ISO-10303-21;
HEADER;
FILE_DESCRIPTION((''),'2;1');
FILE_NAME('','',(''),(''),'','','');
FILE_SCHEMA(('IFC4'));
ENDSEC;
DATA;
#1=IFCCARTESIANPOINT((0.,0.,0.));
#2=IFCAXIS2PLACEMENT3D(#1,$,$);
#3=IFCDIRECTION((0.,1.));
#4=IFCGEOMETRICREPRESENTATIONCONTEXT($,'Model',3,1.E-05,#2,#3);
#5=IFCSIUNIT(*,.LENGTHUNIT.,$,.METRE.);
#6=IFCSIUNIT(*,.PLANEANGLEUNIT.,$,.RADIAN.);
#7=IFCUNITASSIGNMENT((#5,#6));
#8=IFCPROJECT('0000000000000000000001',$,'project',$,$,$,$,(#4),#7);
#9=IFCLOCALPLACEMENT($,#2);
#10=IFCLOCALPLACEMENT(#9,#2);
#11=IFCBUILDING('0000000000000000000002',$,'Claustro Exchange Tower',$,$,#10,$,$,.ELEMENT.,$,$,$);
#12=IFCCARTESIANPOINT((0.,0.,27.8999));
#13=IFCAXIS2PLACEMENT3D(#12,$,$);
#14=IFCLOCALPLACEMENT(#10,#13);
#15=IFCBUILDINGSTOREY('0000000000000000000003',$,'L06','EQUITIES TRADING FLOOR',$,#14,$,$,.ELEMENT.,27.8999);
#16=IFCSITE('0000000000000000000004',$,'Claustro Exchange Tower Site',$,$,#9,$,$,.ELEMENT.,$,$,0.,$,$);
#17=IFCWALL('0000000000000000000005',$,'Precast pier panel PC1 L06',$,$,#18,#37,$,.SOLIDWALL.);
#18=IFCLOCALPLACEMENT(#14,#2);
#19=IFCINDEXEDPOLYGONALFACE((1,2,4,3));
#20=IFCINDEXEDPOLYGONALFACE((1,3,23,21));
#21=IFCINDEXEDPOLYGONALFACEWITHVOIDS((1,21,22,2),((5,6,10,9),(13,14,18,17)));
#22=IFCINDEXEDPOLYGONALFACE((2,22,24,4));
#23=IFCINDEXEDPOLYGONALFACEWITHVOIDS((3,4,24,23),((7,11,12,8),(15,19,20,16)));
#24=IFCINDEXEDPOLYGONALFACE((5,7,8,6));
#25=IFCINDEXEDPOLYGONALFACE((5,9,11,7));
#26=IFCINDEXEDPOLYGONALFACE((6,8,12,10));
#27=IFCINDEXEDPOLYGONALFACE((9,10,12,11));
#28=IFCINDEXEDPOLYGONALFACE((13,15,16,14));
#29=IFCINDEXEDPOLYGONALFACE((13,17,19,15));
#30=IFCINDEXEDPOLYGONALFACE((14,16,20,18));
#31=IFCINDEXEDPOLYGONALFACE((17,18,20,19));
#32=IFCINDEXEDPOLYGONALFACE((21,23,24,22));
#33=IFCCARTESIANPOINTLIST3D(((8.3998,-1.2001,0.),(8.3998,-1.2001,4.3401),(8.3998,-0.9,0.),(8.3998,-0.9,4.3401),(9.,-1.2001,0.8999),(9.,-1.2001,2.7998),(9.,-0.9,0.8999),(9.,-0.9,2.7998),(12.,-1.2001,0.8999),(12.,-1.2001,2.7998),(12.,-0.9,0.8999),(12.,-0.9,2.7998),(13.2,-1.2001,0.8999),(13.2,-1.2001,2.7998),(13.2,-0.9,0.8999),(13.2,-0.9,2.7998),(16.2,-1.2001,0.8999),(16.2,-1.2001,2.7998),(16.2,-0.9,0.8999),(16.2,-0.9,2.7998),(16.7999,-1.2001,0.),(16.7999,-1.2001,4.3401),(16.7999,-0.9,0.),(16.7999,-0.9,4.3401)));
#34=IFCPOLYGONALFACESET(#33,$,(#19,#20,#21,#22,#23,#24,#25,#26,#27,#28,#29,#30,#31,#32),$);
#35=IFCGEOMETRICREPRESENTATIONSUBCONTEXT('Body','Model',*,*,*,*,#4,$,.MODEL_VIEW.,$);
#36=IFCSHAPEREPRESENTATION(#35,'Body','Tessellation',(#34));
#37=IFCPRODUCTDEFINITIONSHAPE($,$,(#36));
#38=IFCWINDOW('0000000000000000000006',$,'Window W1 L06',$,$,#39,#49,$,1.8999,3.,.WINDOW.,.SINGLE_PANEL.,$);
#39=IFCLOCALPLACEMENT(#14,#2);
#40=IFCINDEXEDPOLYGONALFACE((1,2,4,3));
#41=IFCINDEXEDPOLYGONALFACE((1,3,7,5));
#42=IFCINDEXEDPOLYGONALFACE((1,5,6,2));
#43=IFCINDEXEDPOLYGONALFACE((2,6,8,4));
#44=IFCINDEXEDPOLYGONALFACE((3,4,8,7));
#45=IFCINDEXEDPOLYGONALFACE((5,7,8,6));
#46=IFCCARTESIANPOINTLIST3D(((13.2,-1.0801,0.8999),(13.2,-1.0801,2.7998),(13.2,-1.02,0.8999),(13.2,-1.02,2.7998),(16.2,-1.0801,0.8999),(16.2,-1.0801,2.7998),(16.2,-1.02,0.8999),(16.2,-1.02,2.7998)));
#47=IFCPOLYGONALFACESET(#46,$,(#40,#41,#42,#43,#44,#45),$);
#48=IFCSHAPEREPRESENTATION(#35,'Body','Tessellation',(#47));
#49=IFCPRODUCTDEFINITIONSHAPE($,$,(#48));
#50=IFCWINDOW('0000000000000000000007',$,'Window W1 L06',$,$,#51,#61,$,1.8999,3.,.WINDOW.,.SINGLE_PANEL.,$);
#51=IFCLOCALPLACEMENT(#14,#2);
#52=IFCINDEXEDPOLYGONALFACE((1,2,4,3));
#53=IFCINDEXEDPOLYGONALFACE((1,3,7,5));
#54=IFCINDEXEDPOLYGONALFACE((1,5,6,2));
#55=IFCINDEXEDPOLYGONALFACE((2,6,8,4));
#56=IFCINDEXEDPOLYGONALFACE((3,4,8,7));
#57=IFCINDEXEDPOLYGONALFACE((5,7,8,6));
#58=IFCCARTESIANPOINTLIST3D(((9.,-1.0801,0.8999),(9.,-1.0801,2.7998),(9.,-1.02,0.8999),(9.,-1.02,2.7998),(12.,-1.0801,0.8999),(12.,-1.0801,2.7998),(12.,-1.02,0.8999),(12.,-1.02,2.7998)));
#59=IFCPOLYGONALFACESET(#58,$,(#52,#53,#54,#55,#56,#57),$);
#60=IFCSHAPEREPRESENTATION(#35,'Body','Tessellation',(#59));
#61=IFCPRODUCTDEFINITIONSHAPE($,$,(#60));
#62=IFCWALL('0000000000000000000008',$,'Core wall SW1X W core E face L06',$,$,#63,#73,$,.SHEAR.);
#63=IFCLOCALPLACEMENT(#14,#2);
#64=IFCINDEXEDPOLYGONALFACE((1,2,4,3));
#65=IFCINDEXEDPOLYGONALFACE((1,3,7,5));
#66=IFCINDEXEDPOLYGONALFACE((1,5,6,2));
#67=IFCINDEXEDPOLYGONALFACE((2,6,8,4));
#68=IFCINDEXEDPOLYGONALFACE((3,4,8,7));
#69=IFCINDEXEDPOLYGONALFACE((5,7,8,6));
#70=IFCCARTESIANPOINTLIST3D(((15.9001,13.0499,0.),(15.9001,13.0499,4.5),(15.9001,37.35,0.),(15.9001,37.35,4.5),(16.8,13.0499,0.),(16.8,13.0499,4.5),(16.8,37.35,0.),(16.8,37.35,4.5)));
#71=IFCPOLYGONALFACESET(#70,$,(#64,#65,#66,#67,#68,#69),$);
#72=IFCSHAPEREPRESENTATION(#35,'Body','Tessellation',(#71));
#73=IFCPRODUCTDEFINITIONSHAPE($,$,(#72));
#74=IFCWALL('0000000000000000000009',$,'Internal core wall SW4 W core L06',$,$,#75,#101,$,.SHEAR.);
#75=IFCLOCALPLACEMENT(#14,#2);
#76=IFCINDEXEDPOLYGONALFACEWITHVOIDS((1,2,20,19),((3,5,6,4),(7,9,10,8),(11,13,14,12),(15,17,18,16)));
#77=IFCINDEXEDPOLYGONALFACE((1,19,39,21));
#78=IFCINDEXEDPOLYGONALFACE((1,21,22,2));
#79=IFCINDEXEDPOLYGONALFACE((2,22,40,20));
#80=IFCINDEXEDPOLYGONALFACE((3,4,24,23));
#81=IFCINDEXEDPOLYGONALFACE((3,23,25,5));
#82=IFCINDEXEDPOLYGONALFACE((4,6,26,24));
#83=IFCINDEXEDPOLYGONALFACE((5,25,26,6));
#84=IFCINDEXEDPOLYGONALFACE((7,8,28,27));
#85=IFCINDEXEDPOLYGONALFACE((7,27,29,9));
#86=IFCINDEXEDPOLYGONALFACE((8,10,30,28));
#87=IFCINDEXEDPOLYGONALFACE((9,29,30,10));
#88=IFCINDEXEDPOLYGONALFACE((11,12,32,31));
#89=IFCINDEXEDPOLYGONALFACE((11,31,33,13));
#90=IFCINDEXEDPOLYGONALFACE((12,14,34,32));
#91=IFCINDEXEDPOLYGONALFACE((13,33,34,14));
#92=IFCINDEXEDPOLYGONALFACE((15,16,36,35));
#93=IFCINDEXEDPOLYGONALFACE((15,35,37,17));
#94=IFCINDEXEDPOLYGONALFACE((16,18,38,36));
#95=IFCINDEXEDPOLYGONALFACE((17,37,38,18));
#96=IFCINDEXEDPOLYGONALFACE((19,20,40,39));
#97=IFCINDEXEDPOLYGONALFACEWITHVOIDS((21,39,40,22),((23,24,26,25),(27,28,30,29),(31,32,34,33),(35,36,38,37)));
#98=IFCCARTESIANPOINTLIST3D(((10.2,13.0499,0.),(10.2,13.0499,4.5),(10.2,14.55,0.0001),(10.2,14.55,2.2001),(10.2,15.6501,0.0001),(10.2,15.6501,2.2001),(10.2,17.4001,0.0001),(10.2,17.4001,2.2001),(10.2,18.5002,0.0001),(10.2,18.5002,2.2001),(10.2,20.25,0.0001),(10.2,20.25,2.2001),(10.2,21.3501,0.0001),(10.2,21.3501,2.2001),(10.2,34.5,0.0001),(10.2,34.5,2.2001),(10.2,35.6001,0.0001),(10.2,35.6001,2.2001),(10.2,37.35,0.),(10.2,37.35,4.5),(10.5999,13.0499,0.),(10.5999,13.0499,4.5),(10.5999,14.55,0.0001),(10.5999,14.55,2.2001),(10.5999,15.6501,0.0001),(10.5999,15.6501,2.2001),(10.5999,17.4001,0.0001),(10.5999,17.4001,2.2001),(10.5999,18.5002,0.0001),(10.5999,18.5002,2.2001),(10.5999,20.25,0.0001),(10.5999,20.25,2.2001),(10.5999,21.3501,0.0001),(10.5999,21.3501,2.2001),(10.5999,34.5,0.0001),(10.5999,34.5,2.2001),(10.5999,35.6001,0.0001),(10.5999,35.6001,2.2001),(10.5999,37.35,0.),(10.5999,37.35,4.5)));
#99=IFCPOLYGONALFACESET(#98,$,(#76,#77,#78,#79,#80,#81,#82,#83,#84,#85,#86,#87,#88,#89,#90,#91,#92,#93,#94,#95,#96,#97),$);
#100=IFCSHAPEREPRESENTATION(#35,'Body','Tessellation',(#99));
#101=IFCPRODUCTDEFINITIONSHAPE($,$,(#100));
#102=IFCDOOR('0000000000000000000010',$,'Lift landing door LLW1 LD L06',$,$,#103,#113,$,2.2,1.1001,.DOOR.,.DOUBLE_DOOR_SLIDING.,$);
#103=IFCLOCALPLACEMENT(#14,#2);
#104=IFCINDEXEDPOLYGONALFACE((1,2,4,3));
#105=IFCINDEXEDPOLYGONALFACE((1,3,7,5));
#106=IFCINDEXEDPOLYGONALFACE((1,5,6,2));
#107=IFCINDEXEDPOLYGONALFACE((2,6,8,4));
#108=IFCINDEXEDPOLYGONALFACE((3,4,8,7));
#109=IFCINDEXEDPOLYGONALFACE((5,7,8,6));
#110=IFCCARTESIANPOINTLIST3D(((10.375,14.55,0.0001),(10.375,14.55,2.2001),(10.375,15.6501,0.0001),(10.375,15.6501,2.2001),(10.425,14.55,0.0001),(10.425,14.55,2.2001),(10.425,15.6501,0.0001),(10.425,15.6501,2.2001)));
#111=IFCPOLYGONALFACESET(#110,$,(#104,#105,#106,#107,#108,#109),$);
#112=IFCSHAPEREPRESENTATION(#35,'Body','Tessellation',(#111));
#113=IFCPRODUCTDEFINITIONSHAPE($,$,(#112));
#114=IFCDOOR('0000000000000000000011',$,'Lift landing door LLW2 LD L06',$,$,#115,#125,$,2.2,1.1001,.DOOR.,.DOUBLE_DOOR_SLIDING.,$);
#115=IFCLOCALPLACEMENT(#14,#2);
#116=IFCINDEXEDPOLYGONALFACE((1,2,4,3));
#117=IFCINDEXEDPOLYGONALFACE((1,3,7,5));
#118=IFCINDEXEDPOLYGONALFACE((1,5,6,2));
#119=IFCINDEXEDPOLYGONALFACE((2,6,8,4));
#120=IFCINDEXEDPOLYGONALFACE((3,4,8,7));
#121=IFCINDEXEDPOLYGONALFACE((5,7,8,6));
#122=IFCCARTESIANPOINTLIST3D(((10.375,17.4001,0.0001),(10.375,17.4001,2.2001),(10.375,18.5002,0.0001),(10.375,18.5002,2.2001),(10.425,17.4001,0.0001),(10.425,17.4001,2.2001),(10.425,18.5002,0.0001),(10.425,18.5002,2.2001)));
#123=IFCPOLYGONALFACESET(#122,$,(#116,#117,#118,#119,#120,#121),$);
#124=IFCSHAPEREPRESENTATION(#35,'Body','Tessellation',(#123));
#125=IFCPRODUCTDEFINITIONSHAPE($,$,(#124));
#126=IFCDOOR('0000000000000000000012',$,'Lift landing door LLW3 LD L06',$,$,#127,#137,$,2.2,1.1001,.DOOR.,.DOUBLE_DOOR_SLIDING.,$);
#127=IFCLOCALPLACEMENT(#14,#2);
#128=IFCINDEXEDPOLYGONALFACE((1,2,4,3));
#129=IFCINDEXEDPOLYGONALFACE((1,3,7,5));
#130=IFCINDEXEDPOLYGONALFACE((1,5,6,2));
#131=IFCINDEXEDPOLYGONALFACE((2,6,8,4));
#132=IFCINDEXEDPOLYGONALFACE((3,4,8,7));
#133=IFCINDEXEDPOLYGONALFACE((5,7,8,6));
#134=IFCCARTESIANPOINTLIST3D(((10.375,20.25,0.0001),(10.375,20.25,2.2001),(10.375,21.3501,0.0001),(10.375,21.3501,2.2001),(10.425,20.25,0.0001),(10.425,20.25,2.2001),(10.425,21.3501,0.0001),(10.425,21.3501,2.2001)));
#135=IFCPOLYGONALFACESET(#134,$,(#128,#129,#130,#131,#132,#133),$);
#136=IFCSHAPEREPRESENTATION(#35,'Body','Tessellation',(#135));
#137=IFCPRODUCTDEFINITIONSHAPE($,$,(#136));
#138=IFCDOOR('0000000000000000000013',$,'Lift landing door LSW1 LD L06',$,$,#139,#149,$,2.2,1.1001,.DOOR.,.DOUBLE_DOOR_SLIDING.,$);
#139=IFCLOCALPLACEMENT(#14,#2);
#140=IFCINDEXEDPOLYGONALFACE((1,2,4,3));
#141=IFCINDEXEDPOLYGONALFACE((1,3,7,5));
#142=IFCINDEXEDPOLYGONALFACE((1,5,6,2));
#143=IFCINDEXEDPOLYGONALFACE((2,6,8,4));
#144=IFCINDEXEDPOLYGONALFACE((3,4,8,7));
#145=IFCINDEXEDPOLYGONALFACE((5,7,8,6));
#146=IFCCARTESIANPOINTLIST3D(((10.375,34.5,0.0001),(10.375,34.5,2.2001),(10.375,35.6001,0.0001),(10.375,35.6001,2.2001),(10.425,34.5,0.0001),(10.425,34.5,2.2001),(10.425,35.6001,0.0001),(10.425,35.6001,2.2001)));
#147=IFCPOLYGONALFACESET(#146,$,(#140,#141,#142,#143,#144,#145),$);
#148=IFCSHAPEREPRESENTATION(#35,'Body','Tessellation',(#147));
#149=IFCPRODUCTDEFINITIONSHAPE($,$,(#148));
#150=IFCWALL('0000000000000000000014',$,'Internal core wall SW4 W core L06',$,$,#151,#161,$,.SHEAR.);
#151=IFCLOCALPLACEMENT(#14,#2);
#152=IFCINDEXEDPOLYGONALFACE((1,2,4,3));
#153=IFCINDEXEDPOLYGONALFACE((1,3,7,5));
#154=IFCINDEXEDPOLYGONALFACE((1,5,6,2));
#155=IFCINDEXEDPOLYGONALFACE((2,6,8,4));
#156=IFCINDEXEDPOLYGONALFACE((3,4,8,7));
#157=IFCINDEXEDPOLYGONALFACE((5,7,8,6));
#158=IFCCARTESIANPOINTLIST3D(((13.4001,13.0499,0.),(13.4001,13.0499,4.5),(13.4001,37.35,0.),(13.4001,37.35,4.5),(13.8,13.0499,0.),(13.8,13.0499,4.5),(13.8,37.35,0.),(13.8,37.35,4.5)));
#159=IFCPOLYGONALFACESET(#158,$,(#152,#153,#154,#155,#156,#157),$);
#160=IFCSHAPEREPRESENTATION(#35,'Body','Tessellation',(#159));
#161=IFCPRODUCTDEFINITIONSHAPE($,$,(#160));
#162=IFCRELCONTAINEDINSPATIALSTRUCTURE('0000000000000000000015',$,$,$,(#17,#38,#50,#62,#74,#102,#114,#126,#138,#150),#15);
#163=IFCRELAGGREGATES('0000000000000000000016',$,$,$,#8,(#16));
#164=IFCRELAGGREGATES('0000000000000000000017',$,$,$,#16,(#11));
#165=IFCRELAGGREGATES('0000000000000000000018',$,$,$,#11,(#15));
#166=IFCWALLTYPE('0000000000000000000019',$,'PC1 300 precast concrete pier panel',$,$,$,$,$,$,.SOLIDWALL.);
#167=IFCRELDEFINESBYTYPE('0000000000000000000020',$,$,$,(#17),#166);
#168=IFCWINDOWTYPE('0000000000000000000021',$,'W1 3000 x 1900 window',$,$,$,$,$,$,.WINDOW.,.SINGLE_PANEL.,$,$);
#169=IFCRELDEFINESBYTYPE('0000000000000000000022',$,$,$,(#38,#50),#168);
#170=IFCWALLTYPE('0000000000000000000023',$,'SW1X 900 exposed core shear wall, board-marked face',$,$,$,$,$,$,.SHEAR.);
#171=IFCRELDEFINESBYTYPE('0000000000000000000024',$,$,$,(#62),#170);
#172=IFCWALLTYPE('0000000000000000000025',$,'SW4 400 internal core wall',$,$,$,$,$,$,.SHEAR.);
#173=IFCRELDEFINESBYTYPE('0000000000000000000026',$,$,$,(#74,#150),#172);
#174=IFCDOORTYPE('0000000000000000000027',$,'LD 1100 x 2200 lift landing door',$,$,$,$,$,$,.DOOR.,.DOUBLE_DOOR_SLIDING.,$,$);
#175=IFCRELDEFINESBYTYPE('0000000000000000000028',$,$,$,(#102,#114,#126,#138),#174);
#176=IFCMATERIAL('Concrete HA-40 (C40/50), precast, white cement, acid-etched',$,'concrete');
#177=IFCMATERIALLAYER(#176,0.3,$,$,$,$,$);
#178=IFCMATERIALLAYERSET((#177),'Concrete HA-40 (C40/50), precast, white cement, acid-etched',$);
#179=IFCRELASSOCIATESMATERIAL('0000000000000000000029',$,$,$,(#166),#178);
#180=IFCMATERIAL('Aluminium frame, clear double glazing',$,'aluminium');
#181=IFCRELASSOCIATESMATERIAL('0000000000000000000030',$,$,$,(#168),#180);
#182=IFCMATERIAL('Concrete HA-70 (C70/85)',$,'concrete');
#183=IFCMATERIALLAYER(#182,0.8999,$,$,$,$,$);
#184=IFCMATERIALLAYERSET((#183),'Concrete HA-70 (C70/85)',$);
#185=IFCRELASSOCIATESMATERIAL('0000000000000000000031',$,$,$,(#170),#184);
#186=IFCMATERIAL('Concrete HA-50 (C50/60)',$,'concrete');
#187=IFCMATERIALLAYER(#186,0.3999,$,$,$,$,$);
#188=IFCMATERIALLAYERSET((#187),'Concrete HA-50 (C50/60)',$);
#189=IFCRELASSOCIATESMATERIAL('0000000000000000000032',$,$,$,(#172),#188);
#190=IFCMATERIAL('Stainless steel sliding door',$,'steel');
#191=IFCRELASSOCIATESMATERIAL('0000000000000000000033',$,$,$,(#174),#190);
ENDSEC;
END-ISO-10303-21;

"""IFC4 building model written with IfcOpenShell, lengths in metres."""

from ifc_helpers import new_model, si_unit, direction, frame, frame_2d, origin, place, context, subcontext, project, spatial, rectangle, extrude, material, layer, layer_set, type_object, element, fill, save


model = new_model("IFC4")

# Units and contexts
model_context = context("Model", 3, precision=1e-05, world=origin(), true_north=direction((0.0, 1.0)))
body_context = subcontext(model_context, "Body", "Model", "MODEL_VIEW")
ifc_project = project(units=[si_unit("LENGTHUNIT", "METRE"), si_unit("PLANEANGLEUNIT", "RADIAN")], contexts=[model_context])

# Site, building, storey
site_placement = place(None, origin())
site = spatial("IfcSite", under=ifc_project, at=site_placement, Name="Claustro Exchange Tower Site", CompositionType="ELEMENT", RefElevation=0.0)
building_placement = place(site_placement, origin())
building = spatial("IfcBuilding", under=site, at=building_placement, Name="Claustro Exchange Tower", CompositionType="ELEMENT")
storey_placement = place(building_placement, frame((0.0, 0.0, 27.8999)))
storey = spatial("IfcBuildingStorey", under=building, at=storey_placement, Name="L06", Description="EQUITIES TRADING FLOOR", CompositionType="ELEMENT", Elevation=27.8999)

# Wall, openings, windows
ifc_material_1 = material(Name="Concrete HA-40 (C40/50), precast, white cement, acid-etched", Category="concrete")
ifc_layer_1 = layer(ifc_material_1, 0.3)
ifc_layer_set_1 = layer_set([ifc_layer_1], Name="Concrete HA-40 (C40/50), precast, white cement, acid-etched")
wall_type_1 = type_object("IfcWallType", Name="PC1 300 precast concrete pier panel", PredefinedType="SOLIDWALL", material=ifc_layer_set_1)
wall_1_placement = place(storey_placement, frame((16.8, -1.05, 0.0), z_axis=(0.0, 0.0, 1.0), x_axis=(-1.0, 0.0, 0.0)))
wall_1 = element("IfcWall", 1, at=wall_1_placement, inside=storey, type_object=wall_type_1, Name="Precast pier panel PC1 L06", PredefinedType="SOLIDWALL", context=body_context, shape_type="SweptSolid", body=[
    extrude(rectangle(XDim=8.4001, YDim=0.3, at=frame_2d((4.2002, 0.0))), origin(), (0.0, 0.0, 1.0), 4.3401),
])
opening_1_placement = place(wall_1_placement, frame((0.6001, 0.0, 0.8999)))
opening_1 = element("IfcOpeningElement", 2, at=opening_1_placement, cuts=wall_1, PredefinedType="OPENING", context=body_context, shape_type="SweptSolid", body=[
    extrude(rectangle(XDim=3.0, YDim=1.8999, at=frame_2d((1.5, 0.95))), frame((0.0, 0.1599, 0.0), z_axis=(0.0, -1.0, 0.0), x_axis=(1.0, 0.0, 0.0)), (0.0, 0.0, 1.0), 0.3201),
])
opening_2_placement = place(wall_1_placement, frame((4.8, 0.0, 0.8999)))
opening_2 = element("IfcOpeningElement", 3, at=opening_2_placement, cuts=wall_1, PredefinedType="OPENING", context=body_context, shape_type="SweptSolid", body=[
    extrude(rectangle(XDim=3.0, YDim=1.8999, at=frame_2d((1.5, 0.95))), frame((0.0, 0.1599, 0.0), z_axis=(0.0, -1.0, 0.0), x_axis=(1.0, 0.0, 0.0)), (0.0, 0.0, 1.0), 0.3201),
])
ifc_material_2 = material(Name="Aluminium frame, clear double glazing", Category="aluminium")
window_type = type_object("IfcWindowType", Name="W1 3000 x 1900 window", PartitioningType="SINGLE_PANEL", PredefinedType="WINDOW", material=ifc_material_2)
window_1_placement = place(opening_1_placement, origin())
window_1 = element("IfcWindow", 4, at=window_1_placement, inside=storey, type_object=window_type, Name="Window W1 L06", OverallHeight=1.8999, OverallWidth=3.0, PartitioningType="SINGLE_PANEL", PredefinedType="WINDOW", context=body_context, shape_type="SweptSolid", body=[
    extrude(rectangle(XDim=3.0, YDim=1.8999, at=frame_2d((1.5, 0.95))), frame((0.0, 0.03, 0.0), z_axis=(0.0, -1.0, 0.0), x_axis=(1.0, 0.0, 0.0)), (0.0, 0.0, 1.0), 0.0601),
])
fill(opening_1, window_1)
window_2_placement = place(opening_2_placement, origin())
window_2 = element("IfcWindow", 5, at=window_2_placement, inside=storey, type_object=window_type, Name="Window W1 L06", OverallHeight=1.8999, OverallWidth=3.0, PartitioningType="SINGLE_PANEL", PredefinedType="WINDOW", context=body_context, shape_type="SweptSolid", body=[
    extrude(rectangle(XDim=3.0, YDim=1.8999, at=frame_2d((1.5, 0.95))), frame((0.0, 0.03, 0.0), z_axis=(0.0, -1.0, 0.0), x_axis=(1.0, 0.0, 0.0)), (0.0, 0.0, 1.0), 0.0601),
])
fill(opening_2, window_2)

# Wall
ifc_material_3 = material(Name="Concrete HA-70 (C70/85)", Category="concrete")
ifc_layer_2 = layer(ifc_material_3, 0.8999)
ifc_layer_set_2 = layer_set([ifc_layer_2], Name="Concrete HA-70 (C70/85)")
wall_type_2 = type_object("IfcWallType", Name="SW1X 900 exposed core shear wall, board-marked face", PredefinedType="SHEAR", material=ifc_layer_set_2)
wall_2_placement = place(storey_placement, frame((16.3501, 13.05, 0.0), z_axis=(0.0, 0.0, 1.0), x_axis=(0.0, 1.0, 0.0)))
element("IfcWall", 6, at=wall_2_placement, inside=storey, type_object=wall_type_2, Name="Core wall SW1X W core E face L06", PredefinedType="SHEAR", context=body_context, shape_type="SweptSolid", body=[
    extrude(rectangle(XDim=24.3, YDim=0.8999, at=frame_2d((12.1499, 0.0))), origin(), (0.0, 0.0, 1.0), 4.5),
])

# Wall, openings, doors
ifc_material_4 = material(Name="Concrete HA-50 (C50/60)", Category="concrete")
ifc_layer_3 = layer(ifc_material_4, 0.3999)
ifc_layer_set_3 = layer_set([ifc_layer_3], Name="Concrete HA-50 (C50/60)")
wall_type_3 = type_object("IfcWallType", Name="SW4 400 internal core wall", PredefinedType="SHEAR", material=ifc_layer_set_3)
wall_3_placement = place(storey_placement, frame((10.3999, 13.05, 0.0), z_axis=(0.0, 0.0, 1.0), x_axis=(0.0, 1.0, 0.0)))
wall_3 = element("IfcWall", 7, at=wall_3_placement, inside=storey, type_object=wall_type_3, Name="Internal core wall SW4 W core L06", PredefinedType="SHEAR", context=body_context, shape_type="SweptSolid", body=[
    extrude(rectangle(XDim=24.3, YDim=0.3999, at=frame_2d((12.1499, 0.0))), origin(), (0.0, 0.0, 1.0), 4.5),
])
opening_3_placement = place(wall_3_placement, frame((1.5, 0.0, 0.0)))
opening_3 = element("IfcOpeningElement", 8, at=opening_3_placement, cuts=wall_3, PredefinedType="OPENING", context=body_context, shape_type="SweptSolid", body=[
    extrude(rectangle(XDim=1.1001, YDim=2.2, at=frame_2d((0.55, 1.1001))), frame((0.0, 0.21, 0.0), z_axis=(0.0, -1.0, 0.0), x_axis=(1.0, 0.0, 0.0)), (0.0, 0.0, 1.0), 0.4199),
])
opening_4_placement = place(wall_3_placement, frame((4.3501, 0.0, 0.0)))
opening_4 = element("IfcOpeningElement", 9, at=opening_4_placement, cuts=wall_3, PredefinedType="OPENING", context=body_context, shape_type="SweptSolid", body=[
    extrude(rectangle(XDim=1.1001, YDim=2.2, at=frame_2d((0.55, 1.1001))), frame((0.0, 0.21, 0.0), z_axis=(0.0, -1.0, 0.0), x_axis=(1.0, 0.0, 0.0)), (0.0, 0.0, 1.0), 0.4199),
])
opening_5_placement = place(wall_3_placement, frame((7.2, 0.0, 0.0)))
opening_5 = element("IfcOpeningElement", 10, at=opening_5_placement, cuts=wall_3, PredefinedType="OPENING", context=body_context, shape_type="SweptSolid", body=[
    extrude(rectangle(XDim=1.1001, YDim=2.2, at=frame_2d((0.55, 1.1001))), frame((0.0, 0.21, 0.0), z_axis=(0.0, -1.0, 0.0), x_axis=(1.0, 0.0, 0.0)), (0.0, 0.0, 1.0), 0.4199),
])
opening_6_placement = place(wall_3_placement, frame((21.45, 0.0, 0.0)))
opening_6 = element("IfcOpeningElement", 11, at=opening_6_placement, cuts=wall_3, PredefinedType="OPENING", context=body_context, shape_type="SweptSolid", body=[
    extrude(rectangle(XDim=1.1001, YDim=2.2, at=frame_2d((0.55, 1.1001))), frame((0.0, 0.21, 0.0), z_axis=(0.0, -1.0, 0.0), x_axis=(1.0, 0.0, 0.0)), (0.0, 0.0, 1.0), 0.4199),
])
ifc_material_5 = material(Name="Stainless steel sliding door", Category="steel")
door_type = type_object("IfcDoorType", Name="LD 1100 x 2200 lift landing door", OperationType="DOUBLE_DOOR_SLIDING", PredefinedType="DOOR", material=ifc_material_5)
door_1_placement = place(opening_3_placement, origin())
door_1 = element("IfcDoor", 12, at=door_1_placement, inside=storey, type_object=door_type, Name="Lift landing door LLW1 LD L06", OperationType="DOUBLE_DOOR_SLIDING", OverallHeight=2.2, OverallWidth=1.1001, PredefinedType="DOOR", context=body_context, shape_type="SweptSolid", body=[
    extrude(rectangle(XDim=1.1001, YDim=2.2, at=frame_2d((0.55, 1.1001))), frame((0.0, 0.0249, 0.0), z_axis=(0.0, -1.0, 0.0), x_axis=(1.0, 0.0, 0.0)), (0.0, 0.0, 1.0), 0.05),
])
fill(opening_3, door_1)
door_2_placement = place(opening_4_placement, origin())
door_2 = element("IfcDoor", 13, at=door_2_placement, inside=storey, type_object=door_type, Name="Lift landing door LLW2 LD L06", OperationType="DOUBLE_DOOR_SLIDING", OverallHeight=2.2, OverallWidth=1.1001, PredefinedType="DOOR", context=body_context, shape_type="SweptSolid", body=[
    extrude(rectangle(XDim=1.1001, YDim=2.2, at=frame_2d((0.55, 1.1001))), frame((0.0, 0.0249, 0.0), z_axis=(0.0, -1.0, 0.0), x_axis=(1.0, 0.0, 0.0)), (0.0, 0.0, 1.0), 0.05),
])
fill(opening_4, door_2)
door_3_placement = place(opening_5_placement, origin())
door_3 = element("IfcDoor", 14, at=door_3_placement, inside=storey, type_object=door_type, Name="Lift landing door LLW3 LD L06", OperationType="DOUBLE_DOOR_SLIDING", OverallHeight=2.2, OverallWidth=1.1001, PredefinedType="DOOR", context=body_context, shape_type="SweptSolid", body=[
    extrude(rectangle(XDim=1.1001, YDim=2.2, at=frame_2d((0.55, 1.1001))), frame((0.0, 0.0249, 0.0), z_axis=(0.0, -1.0, 0.0), x_axis=(1.0, 0.0, 0.0)), (0.0, 0.0, 1.0), 0.05),
])
fill(opening_5, door_3)
door_4_placement = place(opening_6_placement, origin())
door_4 = element("IfcDoor", 15, at=door_4_placement, inside=storey, type_object=door_type, Name="Lift landing door LSW1 LD L06", OperationType="DOUBLE_DOOR_SLIDING", OverallHeight=2.2, OverallWidth=1.1001, PredefinedType="DOOR", context=body_context, shape_type="SweptSolid", body=[
    extrude(rectangle(XDim=1.1001, YDim=2.2, at=frame_2d((0.55, 1.1001))), frame((0.0, 0.0249, 0.0), z_axis=(0.0, -1.0, 0.0), x_axis=(1.0, 0.0, 0.0)), (0.0, 0.0, 1.0), 0.05),
])
fill(opening_6, door_4)

# Wall
wall_4_placement = place(storey_placement, frame((13.6001, 13.05, 0.0), z_axis=(0.0, 0.0, 1.0), x_axis=(0.0, 1.0, 0.0)))
element("IfcWall", 16, at=wall_4_placement, inside=storey, type_object=wall_type_3, Name="Internal core wall SW4 W core L06", PredefinedType="SHEAR", context=body_context, shape_type="SweptSolid", body=[
    extrude(rectangle(XDim=24.3, YDim=0.3999, at=frame_2d((12.1499, 0.0))), origin(), (0.0, 0.0, 1.0), 4.5),
])

save(model, "model.ifc")
